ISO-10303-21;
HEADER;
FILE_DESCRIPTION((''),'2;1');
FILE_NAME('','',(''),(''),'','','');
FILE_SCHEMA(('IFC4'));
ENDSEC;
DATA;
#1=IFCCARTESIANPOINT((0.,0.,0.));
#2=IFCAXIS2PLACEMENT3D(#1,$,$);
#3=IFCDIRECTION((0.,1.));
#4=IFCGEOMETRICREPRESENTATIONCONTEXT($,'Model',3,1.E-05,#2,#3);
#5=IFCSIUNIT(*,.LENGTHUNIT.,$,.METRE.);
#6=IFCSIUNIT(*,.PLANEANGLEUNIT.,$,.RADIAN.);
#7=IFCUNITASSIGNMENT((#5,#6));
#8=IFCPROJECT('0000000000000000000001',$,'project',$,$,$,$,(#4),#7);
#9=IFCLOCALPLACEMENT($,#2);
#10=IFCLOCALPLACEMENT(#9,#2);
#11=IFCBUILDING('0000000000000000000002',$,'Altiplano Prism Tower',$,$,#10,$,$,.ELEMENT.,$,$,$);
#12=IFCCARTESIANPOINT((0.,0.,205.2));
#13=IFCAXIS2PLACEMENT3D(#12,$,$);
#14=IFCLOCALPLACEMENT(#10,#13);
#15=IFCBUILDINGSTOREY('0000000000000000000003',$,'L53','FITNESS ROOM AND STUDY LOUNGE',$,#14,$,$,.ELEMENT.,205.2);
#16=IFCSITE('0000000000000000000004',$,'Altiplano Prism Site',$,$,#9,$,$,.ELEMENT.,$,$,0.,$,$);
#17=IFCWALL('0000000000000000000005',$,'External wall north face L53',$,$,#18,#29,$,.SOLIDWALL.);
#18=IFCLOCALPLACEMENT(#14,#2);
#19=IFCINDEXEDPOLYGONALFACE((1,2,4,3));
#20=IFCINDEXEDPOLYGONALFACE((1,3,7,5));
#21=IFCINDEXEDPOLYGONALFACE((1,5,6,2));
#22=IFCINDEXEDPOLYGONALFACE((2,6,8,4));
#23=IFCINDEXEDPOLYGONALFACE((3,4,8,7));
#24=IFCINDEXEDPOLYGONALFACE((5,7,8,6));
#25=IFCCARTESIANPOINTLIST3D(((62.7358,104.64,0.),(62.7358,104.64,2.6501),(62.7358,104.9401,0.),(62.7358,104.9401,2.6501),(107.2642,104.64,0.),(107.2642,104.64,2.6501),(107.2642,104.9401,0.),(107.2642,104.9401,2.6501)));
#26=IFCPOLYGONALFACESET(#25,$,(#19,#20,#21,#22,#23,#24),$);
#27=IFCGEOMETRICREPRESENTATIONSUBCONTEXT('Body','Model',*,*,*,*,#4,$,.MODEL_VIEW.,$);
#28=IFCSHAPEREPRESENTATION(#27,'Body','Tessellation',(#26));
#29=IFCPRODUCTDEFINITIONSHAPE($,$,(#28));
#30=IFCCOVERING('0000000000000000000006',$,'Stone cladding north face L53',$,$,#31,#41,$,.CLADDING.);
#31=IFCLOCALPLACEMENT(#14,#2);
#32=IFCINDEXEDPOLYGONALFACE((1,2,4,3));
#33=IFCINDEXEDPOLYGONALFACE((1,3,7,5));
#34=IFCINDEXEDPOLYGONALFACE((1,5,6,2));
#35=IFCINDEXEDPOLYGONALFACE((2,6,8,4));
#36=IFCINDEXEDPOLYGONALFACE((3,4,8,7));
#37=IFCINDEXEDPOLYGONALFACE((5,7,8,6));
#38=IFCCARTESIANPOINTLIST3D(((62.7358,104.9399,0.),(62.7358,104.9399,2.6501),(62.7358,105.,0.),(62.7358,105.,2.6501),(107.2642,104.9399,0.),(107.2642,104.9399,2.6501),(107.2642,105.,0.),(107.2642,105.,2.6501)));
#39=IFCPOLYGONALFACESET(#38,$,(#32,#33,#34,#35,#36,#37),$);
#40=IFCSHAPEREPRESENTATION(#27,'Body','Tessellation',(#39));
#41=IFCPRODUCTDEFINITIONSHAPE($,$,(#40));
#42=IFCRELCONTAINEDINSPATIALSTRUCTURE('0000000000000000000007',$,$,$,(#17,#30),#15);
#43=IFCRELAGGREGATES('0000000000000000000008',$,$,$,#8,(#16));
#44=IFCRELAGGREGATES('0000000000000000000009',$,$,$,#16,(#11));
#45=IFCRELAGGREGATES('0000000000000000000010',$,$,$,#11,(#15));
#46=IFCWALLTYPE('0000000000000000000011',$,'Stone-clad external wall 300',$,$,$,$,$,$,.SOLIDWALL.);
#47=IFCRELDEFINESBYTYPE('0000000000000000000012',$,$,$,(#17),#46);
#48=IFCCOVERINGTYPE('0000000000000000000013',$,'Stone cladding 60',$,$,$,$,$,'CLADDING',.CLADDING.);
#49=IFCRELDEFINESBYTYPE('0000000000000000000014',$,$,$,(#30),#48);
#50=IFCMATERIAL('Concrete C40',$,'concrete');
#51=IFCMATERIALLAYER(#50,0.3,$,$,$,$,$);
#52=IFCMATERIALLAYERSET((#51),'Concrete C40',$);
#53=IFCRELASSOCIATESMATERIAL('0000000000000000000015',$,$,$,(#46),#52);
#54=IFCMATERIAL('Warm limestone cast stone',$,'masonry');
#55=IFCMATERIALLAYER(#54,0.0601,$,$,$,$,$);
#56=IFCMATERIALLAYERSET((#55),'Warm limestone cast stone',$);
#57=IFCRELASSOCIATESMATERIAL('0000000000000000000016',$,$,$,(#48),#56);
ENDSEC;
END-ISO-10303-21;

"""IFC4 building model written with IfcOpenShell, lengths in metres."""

from ifc_helpers import new_model, si_unit, direction, frame, frame_2d, origin, place, context, subcontext, project, spatial, rectangle, extrude, material, layer, layer_set, type_object, element, save


model = new_model("IFC4")

# Units and contexts
model_context = context("Model", 3, precision=1e-05, world=origin(), true_north=direction((0.0, 1.0)))
body_context = subcontext(model_context, "Body", "Model", "MODEL_VIEW")
ifc_project = project(units=[si_unit("LENGTHUNIT", "METRE"), si_unit("PLANEANGLEUNIT", "RADIAN")], contexts=[model_context])

# Site, building, storey
site_placement = place(None, origin())
site = spatial("IfcSite", under=ifc_project, at=site_placement, Name="Altiplano Prism Site", CompositionType="ELEMENT", RefElevation=0.0)
building_placement = place(site_placement, origin())
building = spatial("IfcBuilding", under=site, at=building_placement, Name="Altiplano Prism Tower", CompositionType="ELEMENT")
storey_placement = place(building_placement, frame((0.0, 0.0, 205.2)))
storey = spatial("IfcBuildingStorey", under=building, at=storey_placement, Name="L53", Description="FITNESS ROOM AND STUDY LOUNGE", CompositionType="ELEMENT", Elevation=205.2)

# Wall
ifc_material_1 = material(Name="Concrete C40", Category="concrete")
ifc_layer_1 = layer(ifc_material_1, 0.3)
ifc_layer_set_1 = layer_set([ifc_layer_1], Name="Concrete C40")
wall_type_1 = type_object("IfcWallType", Name="Stone-clad external wall 300", PredefinedType="SOLIDWALL", material=ifc_layer_set_1)
wall_1_placement = place(storey_placement, frame((62.7358, 104.79, 0.0), z_axis=(0.0, 0.0, 1.0), x_axis=(1.0, 0.0, 0.0)))
element("IfcWall", 1, at=wall_1_placement, inside=storey, type_object=wall_type_1, Name="External wall north face L53", PredefinedType="SOLIDWALL", context=body_context, shape_type="SweptSolid", body=[
    extrude(rectangle(XDim=44.5283, YDim=0.3, at=frame_2d((22.2642, 0.0))), origin(), (0.0, 0.0, 1.0), 2.6501),
])

# Covering
ifc_material_2 = material(Name="Warm limestone cast stone", Category="masonry")
ifc_layer_2 = layer(ifc_material_2, 0.0601)
ifc_layer_set_2 = layer_set([ifc_layer_2], Name="Warm limestone cast stone")
covering_type = type_object("IfcCoveringType", Name="Stone cladding 60", ElementType="CLADDING", PredefinedType="CLADDING", material=ifc_layer_set_2)
covering_placement = place(storey_placement, frame((62.7358, 104.97, 0.0), z_axis=(0.0, 0.0, 1.0), x_axis=(1.0, 0.0, 0.0)))
element("IfcCovering", 2, at=covering_placement, inside=storey, type_object=covering_type, Name="Stone cladding north face L53", PredefinedType="CLADDING", context=body_context, shape_type="SweptSolid", body=[
    extrude(rectangle(XDim=44.5283, YDim=0.0601, at=frame_2d((22.2642, 0.0))), origin(), (0.0, 0.0, 1.0), 2.6501),
])

save(model, "model.ifc")
